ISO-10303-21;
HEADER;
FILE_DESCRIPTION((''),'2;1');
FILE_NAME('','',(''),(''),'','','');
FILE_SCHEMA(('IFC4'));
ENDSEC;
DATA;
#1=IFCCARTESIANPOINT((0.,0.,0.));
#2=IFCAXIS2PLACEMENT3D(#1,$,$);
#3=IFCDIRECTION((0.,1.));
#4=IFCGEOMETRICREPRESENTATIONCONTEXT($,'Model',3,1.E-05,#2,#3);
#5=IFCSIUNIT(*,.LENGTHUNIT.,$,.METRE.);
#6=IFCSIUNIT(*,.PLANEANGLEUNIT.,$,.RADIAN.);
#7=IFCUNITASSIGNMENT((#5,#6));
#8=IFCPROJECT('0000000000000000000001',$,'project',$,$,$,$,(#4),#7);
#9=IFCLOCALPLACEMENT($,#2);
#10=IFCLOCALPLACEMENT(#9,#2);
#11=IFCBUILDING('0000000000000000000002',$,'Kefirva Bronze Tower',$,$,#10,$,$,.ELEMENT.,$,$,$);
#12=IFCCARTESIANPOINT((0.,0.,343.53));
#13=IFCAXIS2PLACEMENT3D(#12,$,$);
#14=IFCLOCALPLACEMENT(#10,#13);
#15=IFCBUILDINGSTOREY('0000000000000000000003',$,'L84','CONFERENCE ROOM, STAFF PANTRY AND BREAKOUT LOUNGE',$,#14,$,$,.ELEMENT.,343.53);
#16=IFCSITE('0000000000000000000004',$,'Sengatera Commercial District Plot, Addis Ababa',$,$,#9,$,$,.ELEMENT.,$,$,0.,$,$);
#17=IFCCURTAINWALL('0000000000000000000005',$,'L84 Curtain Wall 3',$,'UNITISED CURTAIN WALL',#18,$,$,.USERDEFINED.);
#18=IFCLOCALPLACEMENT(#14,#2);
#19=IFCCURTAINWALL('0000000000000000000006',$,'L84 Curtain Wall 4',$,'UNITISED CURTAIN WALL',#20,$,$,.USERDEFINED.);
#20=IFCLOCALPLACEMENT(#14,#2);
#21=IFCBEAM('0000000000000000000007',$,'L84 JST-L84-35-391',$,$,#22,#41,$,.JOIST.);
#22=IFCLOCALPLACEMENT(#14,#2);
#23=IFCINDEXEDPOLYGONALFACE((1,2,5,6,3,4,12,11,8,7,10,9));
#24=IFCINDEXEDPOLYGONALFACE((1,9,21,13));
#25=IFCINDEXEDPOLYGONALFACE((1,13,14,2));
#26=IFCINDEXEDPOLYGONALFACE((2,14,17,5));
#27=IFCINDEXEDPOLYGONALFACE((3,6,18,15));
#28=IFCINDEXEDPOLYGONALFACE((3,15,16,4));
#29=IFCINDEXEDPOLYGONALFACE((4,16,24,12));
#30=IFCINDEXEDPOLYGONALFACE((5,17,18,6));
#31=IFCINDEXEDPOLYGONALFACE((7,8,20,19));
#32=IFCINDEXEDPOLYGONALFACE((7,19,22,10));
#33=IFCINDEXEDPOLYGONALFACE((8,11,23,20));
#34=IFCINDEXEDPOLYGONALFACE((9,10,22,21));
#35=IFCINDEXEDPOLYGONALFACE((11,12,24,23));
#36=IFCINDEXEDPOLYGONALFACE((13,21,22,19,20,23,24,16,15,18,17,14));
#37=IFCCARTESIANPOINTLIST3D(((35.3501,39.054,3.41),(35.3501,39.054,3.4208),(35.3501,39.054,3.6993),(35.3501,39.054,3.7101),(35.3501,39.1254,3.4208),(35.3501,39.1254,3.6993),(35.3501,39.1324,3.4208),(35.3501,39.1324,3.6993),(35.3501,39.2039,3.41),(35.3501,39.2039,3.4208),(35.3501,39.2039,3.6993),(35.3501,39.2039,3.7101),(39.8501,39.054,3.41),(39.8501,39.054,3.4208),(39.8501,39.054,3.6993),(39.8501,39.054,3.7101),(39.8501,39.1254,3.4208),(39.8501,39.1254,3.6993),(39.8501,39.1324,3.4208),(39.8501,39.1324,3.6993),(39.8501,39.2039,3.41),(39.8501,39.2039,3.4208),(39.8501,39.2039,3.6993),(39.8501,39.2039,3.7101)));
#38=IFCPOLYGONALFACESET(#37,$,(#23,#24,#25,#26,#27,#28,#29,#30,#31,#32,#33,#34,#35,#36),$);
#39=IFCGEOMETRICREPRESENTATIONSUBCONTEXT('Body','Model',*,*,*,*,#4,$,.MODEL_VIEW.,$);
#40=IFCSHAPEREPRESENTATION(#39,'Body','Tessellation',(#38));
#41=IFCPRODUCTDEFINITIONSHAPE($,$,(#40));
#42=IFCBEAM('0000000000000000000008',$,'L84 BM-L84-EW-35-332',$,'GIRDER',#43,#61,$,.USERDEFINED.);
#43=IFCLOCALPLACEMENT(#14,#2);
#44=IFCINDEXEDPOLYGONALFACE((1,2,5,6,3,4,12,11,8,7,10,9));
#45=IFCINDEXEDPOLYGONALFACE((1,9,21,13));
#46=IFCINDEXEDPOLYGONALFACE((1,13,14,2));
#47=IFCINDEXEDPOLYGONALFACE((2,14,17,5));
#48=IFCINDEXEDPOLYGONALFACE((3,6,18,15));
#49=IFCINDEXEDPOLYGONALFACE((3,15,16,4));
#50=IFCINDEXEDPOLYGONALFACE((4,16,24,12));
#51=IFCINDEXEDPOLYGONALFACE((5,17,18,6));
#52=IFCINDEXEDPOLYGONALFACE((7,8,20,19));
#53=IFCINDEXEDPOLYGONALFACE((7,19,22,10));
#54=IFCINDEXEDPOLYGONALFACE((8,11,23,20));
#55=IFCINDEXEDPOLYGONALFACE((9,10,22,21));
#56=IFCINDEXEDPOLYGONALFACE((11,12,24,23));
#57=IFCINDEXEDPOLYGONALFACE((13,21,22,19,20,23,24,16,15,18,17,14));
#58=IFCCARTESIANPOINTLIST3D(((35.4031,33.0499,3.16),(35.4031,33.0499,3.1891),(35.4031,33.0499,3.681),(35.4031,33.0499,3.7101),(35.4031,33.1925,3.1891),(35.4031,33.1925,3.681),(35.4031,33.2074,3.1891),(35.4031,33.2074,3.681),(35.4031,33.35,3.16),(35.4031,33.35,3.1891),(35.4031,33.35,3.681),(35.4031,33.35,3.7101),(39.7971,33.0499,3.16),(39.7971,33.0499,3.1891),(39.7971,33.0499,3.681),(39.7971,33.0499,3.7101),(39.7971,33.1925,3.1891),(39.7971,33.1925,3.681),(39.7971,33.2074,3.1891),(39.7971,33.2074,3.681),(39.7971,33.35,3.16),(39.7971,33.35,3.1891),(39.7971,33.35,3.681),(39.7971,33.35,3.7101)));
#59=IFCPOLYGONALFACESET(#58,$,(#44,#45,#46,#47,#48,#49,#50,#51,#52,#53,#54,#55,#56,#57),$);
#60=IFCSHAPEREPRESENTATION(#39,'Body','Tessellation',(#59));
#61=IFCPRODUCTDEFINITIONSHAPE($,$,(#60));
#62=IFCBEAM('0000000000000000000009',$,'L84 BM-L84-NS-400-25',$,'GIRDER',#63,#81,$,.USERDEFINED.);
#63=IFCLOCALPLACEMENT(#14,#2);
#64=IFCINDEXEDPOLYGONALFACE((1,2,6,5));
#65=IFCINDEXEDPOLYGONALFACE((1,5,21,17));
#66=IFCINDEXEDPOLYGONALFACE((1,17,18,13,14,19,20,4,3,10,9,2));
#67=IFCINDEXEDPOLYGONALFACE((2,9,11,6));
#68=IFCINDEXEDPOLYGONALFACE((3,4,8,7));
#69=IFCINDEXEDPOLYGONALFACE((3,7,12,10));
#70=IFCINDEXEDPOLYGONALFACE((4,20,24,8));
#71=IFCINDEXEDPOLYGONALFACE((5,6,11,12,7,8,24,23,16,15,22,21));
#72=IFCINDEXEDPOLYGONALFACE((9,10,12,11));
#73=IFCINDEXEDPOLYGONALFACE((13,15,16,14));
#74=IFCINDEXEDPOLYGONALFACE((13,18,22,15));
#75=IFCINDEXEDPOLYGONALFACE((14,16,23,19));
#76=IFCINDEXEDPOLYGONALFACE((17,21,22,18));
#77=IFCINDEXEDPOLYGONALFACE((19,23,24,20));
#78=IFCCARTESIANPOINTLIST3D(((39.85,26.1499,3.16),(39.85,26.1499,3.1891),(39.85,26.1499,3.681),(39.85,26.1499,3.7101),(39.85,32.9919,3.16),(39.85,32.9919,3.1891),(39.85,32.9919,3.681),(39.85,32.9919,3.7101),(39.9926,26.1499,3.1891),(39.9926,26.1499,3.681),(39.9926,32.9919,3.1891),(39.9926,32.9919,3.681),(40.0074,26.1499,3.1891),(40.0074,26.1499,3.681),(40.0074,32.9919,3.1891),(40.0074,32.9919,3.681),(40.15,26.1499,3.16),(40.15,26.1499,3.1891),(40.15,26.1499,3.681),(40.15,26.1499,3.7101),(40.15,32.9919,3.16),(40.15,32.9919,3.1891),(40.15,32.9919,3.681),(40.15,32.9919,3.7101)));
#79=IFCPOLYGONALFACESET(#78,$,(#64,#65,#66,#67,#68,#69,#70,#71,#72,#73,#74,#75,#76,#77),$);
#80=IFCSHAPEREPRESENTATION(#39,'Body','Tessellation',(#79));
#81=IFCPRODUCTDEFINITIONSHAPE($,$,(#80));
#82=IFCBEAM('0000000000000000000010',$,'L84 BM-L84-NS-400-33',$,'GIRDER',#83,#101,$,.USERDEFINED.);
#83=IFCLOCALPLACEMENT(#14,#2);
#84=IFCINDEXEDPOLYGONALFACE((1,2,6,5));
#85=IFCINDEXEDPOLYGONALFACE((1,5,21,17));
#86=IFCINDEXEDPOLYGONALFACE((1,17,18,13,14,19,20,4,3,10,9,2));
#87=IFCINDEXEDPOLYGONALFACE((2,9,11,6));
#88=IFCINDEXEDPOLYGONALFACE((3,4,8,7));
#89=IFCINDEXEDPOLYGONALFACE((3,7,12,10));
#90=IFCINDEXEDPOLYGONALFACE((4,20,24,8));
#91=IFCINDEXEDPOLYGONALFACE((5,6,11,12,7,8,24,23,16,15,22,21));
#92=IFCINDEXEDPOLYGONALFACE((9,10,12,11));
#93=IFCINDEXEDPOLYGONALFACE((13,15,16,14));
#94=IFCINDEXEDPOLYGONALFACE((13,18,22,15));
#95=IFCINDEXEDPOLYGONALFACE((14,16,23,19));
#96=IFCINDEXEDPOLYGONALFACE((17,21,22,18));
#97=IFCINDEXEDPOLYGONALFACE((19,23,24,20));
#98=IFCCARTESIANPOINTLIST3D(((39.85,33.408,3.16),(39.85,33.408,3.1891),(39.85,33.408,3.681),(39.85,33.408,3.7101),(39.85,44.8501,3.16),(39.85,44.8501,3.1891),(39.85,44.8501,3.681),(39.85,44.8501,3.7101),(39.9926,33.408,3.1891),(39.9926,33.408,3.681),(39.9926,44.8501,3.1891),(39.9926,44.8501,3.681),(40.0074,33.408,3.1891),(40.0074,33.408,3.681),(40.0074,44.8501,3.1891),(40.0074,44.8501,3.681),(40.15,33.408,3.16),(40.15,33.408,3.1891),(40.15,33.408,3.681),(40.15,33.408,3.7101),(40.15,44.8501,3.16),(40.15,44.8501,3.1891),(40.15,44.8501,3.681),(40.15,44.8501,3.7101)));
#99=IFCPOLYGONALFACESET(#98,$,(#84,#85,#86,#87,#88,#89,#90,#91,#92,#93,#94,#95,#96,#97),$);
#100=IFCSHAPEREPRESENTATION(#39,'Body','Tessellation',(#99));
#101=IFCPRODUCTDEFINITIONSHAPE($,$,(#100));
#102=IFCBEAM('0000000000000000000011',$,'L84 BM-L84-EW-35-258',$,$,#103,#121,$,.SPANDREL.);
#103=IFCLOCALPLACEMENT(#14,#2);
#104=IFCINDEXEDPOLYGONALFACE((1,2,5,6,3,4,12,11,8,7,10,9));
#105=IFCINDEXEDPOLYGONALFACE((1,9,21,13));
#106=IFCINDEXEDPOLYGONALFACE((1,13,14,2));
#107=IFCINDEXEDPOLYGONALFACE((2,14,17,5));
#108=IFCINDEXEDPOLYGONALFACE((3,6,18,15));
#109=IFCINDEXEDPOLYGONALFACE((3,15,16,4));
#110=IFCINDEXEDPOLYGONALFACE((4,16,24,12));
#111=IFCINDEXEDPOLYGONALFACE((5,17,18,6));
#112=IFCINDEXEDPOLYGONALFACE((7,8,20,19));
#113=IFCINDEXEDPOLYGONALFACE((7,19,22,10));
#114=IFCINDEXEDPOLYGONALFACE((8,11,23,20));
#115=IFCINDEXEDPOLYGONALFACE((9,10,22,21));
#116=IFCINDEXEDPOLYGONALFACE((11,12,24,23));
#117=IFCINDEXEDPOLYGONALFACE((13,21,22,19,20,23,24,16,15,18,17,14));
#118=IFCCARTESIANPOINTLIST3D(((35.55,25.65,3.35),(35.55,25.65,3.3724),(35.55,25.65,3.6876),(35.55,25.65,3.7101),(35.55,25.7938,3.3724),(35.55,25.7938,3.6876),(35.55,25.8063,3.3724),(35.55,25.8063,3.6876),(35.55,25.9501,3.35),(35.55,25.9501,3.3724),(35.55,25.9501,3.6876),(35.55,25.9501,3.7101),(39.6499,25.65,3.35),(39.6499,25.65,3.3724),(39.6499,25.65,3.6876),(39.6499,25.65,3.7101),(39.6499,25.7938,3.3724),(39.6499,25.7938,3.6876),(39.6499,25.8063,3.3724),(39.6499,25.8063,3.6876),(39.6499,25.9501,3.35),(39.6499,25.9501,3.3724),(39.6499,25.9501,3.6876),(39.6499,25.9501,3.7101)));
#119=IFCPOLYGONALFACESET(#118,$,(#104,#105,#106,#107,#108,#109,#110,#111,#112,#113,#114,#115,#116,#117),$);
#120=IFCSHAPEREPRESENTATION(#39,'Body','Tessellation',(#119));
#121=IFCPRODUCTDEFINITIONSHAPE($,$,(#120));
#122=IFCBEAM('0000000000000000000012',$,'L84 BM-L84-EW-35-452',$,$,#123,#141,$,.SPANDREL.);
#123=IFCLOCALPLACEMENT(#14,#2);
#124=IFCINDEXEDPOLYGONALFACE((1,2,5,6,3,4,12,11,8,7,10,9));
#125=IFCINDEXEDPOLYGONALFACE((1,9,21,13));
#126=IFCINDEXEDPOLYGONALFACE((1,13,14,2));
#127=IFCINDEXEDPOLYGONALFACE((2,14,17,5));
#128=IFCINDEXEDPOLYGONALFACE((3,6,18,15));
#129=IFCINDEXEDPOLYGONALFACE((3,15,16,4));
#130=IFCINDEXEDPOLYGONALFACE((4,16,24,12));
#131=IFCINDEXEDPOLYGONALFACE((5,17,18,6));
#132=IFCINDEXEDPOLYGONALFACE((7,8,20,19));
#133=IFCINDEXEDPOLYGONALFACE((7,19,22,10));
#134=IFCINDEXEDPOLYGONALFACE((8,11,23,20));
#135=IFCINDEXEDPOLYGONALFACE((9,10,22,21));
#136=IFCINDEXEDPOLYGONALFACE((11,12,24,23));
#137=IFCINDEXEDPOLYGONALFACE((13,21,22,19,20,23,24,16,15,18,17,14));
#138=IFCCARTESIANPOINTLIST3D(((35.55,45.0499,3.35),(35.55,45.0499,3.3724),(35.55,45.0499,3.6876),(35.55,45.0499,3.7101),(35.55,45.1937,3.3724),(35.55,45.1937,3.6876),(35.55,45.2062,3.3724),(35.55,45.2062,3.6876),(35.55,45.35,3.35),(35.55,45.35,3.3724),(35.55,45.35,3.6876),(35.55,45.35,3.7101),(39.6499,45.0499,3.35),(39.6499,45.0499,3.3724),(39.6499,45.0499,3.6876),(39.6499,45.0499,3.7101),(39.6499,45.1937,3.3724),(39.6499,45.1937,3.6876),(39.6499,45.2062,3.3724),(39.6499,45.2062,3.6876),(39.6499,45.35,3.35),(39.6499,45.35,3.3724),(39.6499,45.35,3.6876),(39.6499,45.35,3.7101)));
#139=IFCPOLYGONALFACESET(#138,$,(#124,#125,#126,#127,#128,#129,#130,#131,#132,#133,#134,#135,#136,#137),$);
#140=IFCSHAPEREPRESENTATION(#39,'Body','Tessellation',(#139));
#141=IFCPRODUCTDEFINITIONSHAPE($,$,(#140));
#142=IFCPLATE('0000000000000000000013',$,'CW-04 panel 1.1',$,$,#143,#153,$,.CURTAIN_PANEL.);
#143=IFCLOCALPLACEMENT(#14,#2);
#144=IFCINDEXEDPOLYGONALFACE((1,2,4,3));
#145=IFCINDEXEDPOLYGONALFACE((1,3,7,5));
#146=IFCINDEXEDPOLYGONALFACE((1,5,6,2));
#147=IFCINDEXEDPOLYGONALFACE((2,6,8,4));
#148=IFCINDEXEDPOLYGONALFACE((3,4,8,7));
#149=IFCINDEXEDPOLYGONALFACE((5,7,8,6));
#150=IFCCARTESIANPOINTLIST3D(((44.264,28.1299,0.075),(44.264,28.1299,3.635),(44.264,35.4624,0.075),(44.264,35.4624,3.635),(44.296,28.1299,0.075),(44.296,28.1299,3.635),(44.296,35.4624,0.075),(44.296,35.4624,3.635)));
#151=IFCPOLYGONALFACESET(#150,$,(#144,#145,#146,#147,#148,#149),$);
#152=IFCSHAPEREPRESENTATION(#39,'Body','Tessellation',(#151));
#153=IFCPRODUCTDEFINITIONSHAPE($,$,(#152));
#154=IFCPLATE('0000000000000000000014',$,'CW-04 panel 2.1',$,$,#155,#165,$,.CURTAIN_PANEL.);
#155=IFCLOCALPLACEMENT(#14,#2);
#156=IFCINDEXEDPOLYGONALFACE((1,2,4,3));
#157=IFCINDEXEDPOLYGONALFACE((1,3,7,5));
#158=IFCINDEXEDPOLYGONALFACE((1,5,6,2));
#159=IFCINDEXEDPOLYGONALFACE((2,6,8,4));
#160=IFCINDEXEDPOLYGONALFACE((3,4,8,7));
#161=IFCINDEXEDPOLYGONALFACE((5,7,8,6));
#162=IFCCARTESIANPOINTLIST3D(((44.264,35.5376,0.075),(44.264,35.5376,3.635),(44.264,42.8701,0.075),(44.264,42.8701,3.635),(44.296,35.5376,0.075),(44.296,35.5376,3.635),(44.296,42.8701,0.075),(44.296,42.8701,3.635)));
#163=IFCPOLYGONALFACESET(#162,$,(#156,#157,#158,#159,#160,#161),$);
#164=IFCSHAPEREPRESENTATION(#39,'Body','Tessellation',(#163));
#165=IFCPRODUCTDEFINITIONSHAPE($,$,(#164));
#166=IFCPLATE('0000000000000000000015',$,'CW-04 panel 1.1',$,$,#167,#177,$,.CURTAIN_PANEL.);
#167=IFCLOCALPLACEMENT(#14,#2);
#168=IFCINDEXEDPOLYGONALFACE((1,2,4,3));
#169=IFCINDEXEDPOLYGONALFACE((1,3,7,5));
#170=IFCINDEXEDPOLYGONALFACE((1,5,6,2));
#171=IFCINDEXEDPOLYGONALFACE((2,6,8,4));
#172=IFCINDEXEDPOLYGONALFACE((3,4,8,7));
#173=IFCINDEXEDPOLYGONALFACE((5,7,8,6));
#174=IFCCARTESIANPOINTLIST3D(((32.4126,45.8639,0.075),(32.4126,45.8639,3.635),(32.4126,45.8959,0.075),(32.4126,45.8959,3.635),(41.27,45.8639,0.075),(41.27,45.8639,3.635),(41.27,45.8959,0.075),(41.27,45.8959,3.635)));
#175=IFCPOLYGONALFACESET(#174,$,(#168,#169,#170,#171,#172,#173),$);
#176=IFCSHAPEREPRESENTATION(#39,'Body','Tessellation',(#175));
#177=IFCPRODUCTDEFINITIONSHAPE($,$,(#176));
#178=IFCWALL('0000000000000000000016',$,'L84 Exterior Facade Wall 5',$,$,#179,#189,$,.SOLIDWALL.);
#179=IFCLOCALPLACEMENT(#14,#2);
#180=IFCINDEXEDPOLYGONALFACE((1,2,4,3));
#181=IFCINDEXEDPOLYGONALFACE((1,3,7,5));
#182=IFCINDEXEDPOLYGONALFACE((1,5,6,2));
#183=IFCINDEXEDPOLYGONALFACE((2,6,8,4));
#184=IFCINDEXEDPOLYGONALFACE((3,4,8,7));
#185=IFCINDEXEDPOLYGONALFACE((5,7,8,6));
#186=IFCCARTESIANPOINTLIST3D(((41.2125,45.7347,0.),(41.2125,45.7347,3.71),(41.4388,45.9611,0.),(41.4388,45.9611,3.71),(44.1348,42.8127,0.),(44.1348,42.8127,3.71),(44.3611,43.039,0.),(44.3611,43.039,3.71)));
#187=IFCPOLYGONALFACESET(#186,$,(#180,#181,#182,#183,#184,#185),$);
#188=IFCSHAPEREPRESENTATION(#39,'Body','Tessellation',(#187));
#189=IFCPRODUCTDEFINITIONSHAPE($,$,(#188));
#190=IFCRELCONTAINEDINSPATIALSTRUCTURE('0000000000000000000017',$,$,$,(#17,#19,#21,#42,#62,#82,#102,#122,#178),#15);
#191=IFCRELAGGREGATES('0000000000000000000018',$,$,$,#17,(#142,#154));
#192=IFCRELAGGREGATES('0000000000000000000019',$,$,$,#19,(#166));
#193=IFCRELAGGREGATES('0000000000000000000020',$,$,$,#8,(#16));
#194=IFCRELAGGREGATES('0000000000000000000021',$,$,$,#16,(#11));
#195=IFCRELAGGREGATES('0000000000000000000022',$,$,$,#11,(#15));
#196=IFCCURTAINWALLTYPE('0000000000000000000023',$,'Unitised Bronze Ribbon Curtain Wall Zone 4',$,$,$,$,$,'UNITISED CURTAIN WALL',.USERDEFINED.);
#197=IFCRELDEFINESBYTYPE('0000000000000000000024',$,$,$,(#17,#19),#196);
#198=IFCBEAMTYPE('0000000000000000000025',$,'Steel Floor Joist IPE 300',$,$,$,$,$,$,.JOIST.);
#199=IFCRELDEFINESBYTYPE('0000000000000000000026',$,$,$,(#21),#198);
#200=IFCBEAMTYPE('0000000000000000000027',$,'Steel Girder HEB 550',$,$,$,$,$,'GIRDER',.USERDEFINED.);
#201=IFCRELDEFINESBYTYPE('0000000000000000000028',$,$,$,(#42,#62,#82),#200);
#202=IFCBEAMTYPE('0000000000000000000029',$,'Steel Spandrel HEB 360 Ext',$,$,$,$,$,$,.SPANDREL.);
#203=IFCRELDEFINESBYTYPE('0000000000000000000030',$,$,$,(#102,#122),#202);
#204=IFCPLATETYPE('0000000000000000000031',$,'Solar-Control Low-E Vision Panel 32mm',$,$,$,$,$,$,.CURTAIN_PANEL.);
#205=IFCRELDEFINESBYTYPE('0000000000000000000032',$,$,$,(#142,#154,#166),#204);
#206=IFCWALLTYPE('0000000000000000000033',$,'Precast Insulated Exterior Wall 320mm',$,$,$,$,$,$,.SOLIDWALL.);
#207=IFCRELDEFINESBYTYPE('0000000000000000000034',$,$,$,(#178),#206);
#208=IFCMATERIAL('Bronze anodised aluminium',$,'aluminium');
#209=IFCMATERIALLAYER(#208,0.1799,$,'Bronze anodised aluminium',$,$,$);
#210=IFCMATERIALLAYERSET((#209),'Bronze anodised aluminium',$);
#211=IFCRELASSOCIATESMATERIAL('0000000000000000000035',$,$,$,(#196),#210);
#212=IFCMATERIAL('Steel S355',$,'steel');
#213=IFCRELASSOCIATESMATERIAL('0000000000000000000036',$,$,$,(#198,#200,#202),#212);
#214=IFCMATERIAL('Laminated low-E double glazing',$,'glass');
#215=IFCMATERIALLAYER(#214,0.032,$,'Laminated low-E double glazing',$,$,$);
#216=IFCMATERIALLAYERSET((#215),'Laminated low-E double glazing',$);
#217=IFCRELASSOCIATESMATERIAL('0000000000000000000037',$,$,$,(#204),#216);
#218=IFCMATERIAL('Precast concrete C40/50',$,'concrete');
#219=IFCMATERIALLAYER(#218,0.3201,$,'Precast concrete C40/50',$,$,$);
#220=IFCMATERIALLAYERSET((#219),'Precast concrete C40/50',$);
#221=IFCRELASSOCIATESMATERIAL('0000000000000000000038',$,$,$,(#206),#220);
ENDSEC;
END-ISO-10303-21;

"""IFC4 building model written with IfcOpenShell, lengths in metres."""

from ifc_helpers import new_model, si_unit, direction, frame, frame_2d, origin, origin_2d, place, context, subcontext, project, spatial, rectangle, i_section, extrude, material, layer, layer_set, material_profile, profile_set, type_object, element, aggregate, save


model = new_model("IFC4")

# Units and contexts
model_context = context("Model", 3, precision=1e-05, world=origin(), true_north=direction((0.0, 1.0)))
body_context = subcontext(model_context, "Body", "Model", "MODEL_VIEW")
ifc_project = project(units=[si_unit("LENGTHUNIT", "METRE"), si_unit("PLANEANGLEUNIT", "RADIAN")], contexts=[model_context])

# Site, building, storey
site_placement = place(None, origin())
site = spatial("IfcSite", under=ifc_project, at=site_placement, Name="Sengatera Commercial District Plot, Addis Ababa", CompositionType="ELEMENT", RefElevation=0.0)
building_placement = place(site_placement, origin())
building = spatial("IfcBuilding", under=site, at=building_placement, Name="Kefirva Bronze Tower", CompositionType="ELEMENT")
storey_placement = place(building_placement, frame((0.0, 0.0, 343.53)))
storey = spatial("IfcBuildingStorey", under=building, at=storey_placement, Name="L84", Description="CONFERENCE ROOM, STAFF PANTRY AND BREAKOUT LOUNGE", CompositionType="ELEMENT", Elevation=343.53)

# Curtain wall
ifc_material_1 = material(Name="Bronze anodised aluminium", Category="aluminium")
ifc_layer_1 = layer(ifc_material_1, 0.1799, Name="Bronze anodised aluminium")
ifc_layer_set_1 = layer_set([ifc_layer_1], Name="Bronze anodised aluminium")
curtain_wall_type = type_object("IfcCurtainWallType", Name="Unitised Bronze Ribbon Curtain Wall Zone 4", ElementType="UNITISED CURTAIN WALL", PredefinedType="USERDEFINED", material=ifc_layer_set_1)
curtain_wall_1_placement = place(storey_placement, origin())
curtain_wall_1 = element("IfcCurtainWall", 1, at=curtain_wall_1_placement, inside=storey, type_object=curtain_wall_type, Name="L84 Curtain Wall 3", ObjectType="UNITISED CURTAIN WALL", PredefinedType="USERDEFINED")

# Curtain wall
curtain_wall_2_placement = place(storey_placement, origin())
curtain_wall_2 = element("IfcCurtainWall", 2, at=curtain_wall_2_placement, inside=storey, type_object=curtain_wall_type, Name="L84 Curtain Wall 4", ObjectType="UNITISED CURTAIN WALL", PredefinedType="USERDEFINED")

# Beams
ifc_material_2 = material(Name="Steel S355", Category="steel")
ifc_material_profile_1 = material_profile(ifc_material_2, i_section(OverallWidth=0.1499, OverallDepth=0.3, WebThickness=0.0071, FlangeThickness=0.0107, at=origin_2d()), Name="IPE 300")
ifc_profile_set_1 = profile_set([ifc_material_profile_1], Name="Steel S355")
beam_type_1 = type_object("IfcBeamType", Name="Steel Floor Joist IPE 300", PredefinedType="JOIST", material=ifc_profile_set_1)
beam_1_placement = place(storey_placement, frame((35.3501, 39.1289, 3.5601), z_axis=(1.0, 0.0, 0.0), x_axis=(0.0, 1.0, 0.0)))
element("IfcBeam", 3, at=beam_1_placement, inside=storey, type_object=beam_type_1, Name="L84 JST-L84-35-391", PredefinedType="JOIST", context=body_context, shape_type="SweptSolid", body=[
    extrude(i_section(OverallWidth=0.1499, OverallDepth=0.3, WebThickness=0.0071, FlangeThickness=0.0107, at=origin_2d()), origin(), (0.0, 0.0, 1.0), 4.5),
])
ifc_material_profile_2 = material_profile(ifc_material_2, i_section(OverallWidth=0.3, OverallDepth=0.55, WebThickness=0.0149, FlangeThickness=0.0291, at=origin_2d()), Name="HEB 550")
ifc_profile_set_2 = profile_set([ifc_material_profile_2], Name="Steel S355")
beam_type_2 = type_object("IfcBeamType", Name="Steel Girder HEB 550", ElementType="GIRDER", PredefinedType="USERDEFINED", material=ifc_profile_set_2)
beam_2_placement = place(storey_placement, frame((35.4031, 33.2, 3.4351), z_axis=(1.0, 0.0, 0.0), x_axis=(0.0, 1.0, 0.0)))
element("IfcBeam", 4, at=beam_2_placement, inside=storey, type_object=beam_type_2, Name="L84 BM-L84-EW-35-332", ObjectType="GIRDER", PredefinedType="USERDEFINED", context=body_context, shape_type="SweptSolid", body=[
    extrude(i_section(OverallWidth=0.3, OverallDepth=0.55, WebThickness=0.0149, FlangeThickness=0.0291, at=origin_2d()), origin(), (0.0, 0.0, 1.0), 4.394),
])
beam_3_placement = place(storey_placement, frame((40.0, 26.1499, 3.4351), z_axis=(0.0, 1.0, 0.0), x_axis=(-1.0, 0.0, 0.0)))
element("IfcBeam", 5, at=beam_3_placement, inside=storey, type_object=beam_type_2, Name="L84 BM-L84-NS-400-25", ObjectType="GIRDER", PredefinedType="USERDEFINED", context=body_context, shape_type="SweptSolid", body=[
    extrude(i_section(OverallWidth=0.3, OverallDepth=0.55, WebThickness=0.0149, FlangeThickness=0.0291, at=origin_2d()), origin(), (0.0, 0.0, 1.0), 6.842),
])
beam_4_placement = place(storey_placement, frame((40.0, 33.408, 3.4351), z_axis=(0.0, 1.0, 0.0), x_axis=(-1.0, 0.0, 0.0)))
element("IfcBeam", 6, at=beam_4_placement, inside=storey, type_object=beam_type_2, Name="L84 BM-L84-NS-400-33", ObjectType="GIRDER", PredefinedType="USERDEFINED", context=body_context, shape_type="SweptSolid", body=[
    extrude(i_section(OverallWidth=0.3, OverallDepth=0.55, WebThickness=0.0149, FlangeThickness=0.0291, at=origin_2d()), origin(), (0.0, 0.0, 1.0), 11.4421),
])
ifc_material_profile_3 = material_profile(ifc_material_2, i_section(OverallWidth=0.3, OverallDepth=0.3601, WebThickness=0.0125, FlangeThickness=0.0225, at=origin_2d()), Name="HEB 360")
ifc_profile_set_3 = profile_set([ifc_material_profile_3], Name="Steel S355")
beam_type_3 = type_object("IfcBeamType", Name="Steel Spandrel HEB 360 Ext", PredefinedType="SPANDREL", material=ifc_profile_set_3)
for number, where, z_axis, x_axis, name in (
    (7, (35.55, 25.8, 3.53), (1.0, 0.0, 0.0), (0.0, 1.0, 0.0), "L84 BM-L84-EW-35-258"),
    (8, (35.55, 45.2, 3.53), (1.0, 0.0, 0.0), (0.0, 1.0, 0.0), "L84 BM-L84-EW-35-452"),
):
    element("IfcBeam", number, at=place(storey_placement, frame(where, z_axis=z_axis, x_axis=x_axis)), inside=storey, type_object=beam_type_3, Name=name, PredefinedType="SPANDREL", context=body_context, shape_type="SweptSolid", body=[
        extrude(i_section(OverallWidth=0.3, OverallDepth=0.3601, WebThickness=0.0125, FlangeThickness=0.0225, at=origin_2d()), origin(), (0.0, 0.0, 1.0), 4.0999),
    ])

# Plates
ifc_material_3 = material(Name="Laminated low-E double glazing", Category="glass")
ifc_layer_2 = layer(ifc_material_3, 0.032, Name="Laminated low-E double glazing")
ifc_layer_set_2 = layer_set([ifc_layer_2], Name="Laminated low-E double glazing")
plate_type = type_object("IfcPlateType", Name="Solar-Control Low-E Vision Panel 32mm", PredefinedType="CURTAIN_PANEL", material=ifc_layer_set_2)
plate_1_placement = place(storey_placement, frame((44.28, 31.7961, 0.075), z_axis=(0.0, 0.0, 1.0), x_axis=(0.0, 1.0, 0.0)))
plate_1 = element("IfcPlate", 9, at=plate_1_placement, type_object=plate_type, Name="CW-04 panel 1.1", PredefinedType="CURTAIN_PANEL", context=body_context, shape_type="SweptSolid", body=[
    extrude(rectangle(XDim=7.3325, YDim=0.032, at=origin_2d()), origin(), (0.0, 0.0, 1.0), 3.5601),
])
plate_2_placement = place(storey_placement, frame((44.28, 39.2039, 0.075), z_axis=(0.0, 0.0, 1.0), x_axis=(0.0, 1.0, 0.0)))
plate_2 = element("IfcPlate", 10, at=plate_2_placement, type_object=plate_type, Name="CW-04 panel 2.1", PredefinedType="CURTAIN_PANEL", context=body_context, shape_type="SweptSolid", body=[
    extrude(rectangle(XDim=7.3325, YDim=0.032, at=origin_2d()), origin(), (0.0, 0.0, 1.0), 3.5601),
])
aggregate(curtain_wall_1, [plate_1, plate_2])
plate_3_placement = place(storey_placement, frame((36.8413, 45.8799, 0.075), z_axis=(0.0, 0.0, 1.0), x_axis=(-1.0, 0.0, 0.0)))
plate_3 = element("IfcPlate", 11, at=plate_3_placement, type_object=plate_type, Name="CW-04 panel 1.1", PredefinedType="CURTAIN_PANEL", context=body_context, shape_type="SweptSolid", body=[
    extrude(rectangle(XDim=8.8574, YDim=0.032, at=origin_2d()), origin(), (0.0, 0.0, 1.0), 3.5601),
])
aggregate(curtain_wall_2, [plate_3])

# Wall
ifc_material_4 = material(Name="Precast concrete C40/50", Category="concrete")
ifc_layer_3 = layer(ifc_material_4, 0.3201, Name="Precast concrete C40/50")
ifc_layer_set_3 = layer_set([ifc_layer_3], Name="Precast concrete C40/50")
wall_type = type_object("IfcWallType", Name="Precast Insulated Exterior Wall 320mm", PredefinedType="SOLIDWALL", material=ifc_layer_set_3)
wall_placement = place(storey_placement, frame((44.248, 42.9258, 0.0), z_axis=(0.0, 0.0, 1.0), x_axis=(-0.707136, 0.707077, 0.0)))
element("IfcWall", 12, at=wall_placement, inside=storey, type_object=wall_type, Name="L84 Exterior Facade Wall 5", PredefinedType="SOLIDWALL", context=body_context, shape_type="SweptSolid", body=[
    extrude(rectangle(XDim=4.1326, YDim=0.3201, at=frame_2d((2.0664, 0.0))), origin(), (0.0, 0.0, 1.0), 3.71),
])

save(model, "model.ifc")
